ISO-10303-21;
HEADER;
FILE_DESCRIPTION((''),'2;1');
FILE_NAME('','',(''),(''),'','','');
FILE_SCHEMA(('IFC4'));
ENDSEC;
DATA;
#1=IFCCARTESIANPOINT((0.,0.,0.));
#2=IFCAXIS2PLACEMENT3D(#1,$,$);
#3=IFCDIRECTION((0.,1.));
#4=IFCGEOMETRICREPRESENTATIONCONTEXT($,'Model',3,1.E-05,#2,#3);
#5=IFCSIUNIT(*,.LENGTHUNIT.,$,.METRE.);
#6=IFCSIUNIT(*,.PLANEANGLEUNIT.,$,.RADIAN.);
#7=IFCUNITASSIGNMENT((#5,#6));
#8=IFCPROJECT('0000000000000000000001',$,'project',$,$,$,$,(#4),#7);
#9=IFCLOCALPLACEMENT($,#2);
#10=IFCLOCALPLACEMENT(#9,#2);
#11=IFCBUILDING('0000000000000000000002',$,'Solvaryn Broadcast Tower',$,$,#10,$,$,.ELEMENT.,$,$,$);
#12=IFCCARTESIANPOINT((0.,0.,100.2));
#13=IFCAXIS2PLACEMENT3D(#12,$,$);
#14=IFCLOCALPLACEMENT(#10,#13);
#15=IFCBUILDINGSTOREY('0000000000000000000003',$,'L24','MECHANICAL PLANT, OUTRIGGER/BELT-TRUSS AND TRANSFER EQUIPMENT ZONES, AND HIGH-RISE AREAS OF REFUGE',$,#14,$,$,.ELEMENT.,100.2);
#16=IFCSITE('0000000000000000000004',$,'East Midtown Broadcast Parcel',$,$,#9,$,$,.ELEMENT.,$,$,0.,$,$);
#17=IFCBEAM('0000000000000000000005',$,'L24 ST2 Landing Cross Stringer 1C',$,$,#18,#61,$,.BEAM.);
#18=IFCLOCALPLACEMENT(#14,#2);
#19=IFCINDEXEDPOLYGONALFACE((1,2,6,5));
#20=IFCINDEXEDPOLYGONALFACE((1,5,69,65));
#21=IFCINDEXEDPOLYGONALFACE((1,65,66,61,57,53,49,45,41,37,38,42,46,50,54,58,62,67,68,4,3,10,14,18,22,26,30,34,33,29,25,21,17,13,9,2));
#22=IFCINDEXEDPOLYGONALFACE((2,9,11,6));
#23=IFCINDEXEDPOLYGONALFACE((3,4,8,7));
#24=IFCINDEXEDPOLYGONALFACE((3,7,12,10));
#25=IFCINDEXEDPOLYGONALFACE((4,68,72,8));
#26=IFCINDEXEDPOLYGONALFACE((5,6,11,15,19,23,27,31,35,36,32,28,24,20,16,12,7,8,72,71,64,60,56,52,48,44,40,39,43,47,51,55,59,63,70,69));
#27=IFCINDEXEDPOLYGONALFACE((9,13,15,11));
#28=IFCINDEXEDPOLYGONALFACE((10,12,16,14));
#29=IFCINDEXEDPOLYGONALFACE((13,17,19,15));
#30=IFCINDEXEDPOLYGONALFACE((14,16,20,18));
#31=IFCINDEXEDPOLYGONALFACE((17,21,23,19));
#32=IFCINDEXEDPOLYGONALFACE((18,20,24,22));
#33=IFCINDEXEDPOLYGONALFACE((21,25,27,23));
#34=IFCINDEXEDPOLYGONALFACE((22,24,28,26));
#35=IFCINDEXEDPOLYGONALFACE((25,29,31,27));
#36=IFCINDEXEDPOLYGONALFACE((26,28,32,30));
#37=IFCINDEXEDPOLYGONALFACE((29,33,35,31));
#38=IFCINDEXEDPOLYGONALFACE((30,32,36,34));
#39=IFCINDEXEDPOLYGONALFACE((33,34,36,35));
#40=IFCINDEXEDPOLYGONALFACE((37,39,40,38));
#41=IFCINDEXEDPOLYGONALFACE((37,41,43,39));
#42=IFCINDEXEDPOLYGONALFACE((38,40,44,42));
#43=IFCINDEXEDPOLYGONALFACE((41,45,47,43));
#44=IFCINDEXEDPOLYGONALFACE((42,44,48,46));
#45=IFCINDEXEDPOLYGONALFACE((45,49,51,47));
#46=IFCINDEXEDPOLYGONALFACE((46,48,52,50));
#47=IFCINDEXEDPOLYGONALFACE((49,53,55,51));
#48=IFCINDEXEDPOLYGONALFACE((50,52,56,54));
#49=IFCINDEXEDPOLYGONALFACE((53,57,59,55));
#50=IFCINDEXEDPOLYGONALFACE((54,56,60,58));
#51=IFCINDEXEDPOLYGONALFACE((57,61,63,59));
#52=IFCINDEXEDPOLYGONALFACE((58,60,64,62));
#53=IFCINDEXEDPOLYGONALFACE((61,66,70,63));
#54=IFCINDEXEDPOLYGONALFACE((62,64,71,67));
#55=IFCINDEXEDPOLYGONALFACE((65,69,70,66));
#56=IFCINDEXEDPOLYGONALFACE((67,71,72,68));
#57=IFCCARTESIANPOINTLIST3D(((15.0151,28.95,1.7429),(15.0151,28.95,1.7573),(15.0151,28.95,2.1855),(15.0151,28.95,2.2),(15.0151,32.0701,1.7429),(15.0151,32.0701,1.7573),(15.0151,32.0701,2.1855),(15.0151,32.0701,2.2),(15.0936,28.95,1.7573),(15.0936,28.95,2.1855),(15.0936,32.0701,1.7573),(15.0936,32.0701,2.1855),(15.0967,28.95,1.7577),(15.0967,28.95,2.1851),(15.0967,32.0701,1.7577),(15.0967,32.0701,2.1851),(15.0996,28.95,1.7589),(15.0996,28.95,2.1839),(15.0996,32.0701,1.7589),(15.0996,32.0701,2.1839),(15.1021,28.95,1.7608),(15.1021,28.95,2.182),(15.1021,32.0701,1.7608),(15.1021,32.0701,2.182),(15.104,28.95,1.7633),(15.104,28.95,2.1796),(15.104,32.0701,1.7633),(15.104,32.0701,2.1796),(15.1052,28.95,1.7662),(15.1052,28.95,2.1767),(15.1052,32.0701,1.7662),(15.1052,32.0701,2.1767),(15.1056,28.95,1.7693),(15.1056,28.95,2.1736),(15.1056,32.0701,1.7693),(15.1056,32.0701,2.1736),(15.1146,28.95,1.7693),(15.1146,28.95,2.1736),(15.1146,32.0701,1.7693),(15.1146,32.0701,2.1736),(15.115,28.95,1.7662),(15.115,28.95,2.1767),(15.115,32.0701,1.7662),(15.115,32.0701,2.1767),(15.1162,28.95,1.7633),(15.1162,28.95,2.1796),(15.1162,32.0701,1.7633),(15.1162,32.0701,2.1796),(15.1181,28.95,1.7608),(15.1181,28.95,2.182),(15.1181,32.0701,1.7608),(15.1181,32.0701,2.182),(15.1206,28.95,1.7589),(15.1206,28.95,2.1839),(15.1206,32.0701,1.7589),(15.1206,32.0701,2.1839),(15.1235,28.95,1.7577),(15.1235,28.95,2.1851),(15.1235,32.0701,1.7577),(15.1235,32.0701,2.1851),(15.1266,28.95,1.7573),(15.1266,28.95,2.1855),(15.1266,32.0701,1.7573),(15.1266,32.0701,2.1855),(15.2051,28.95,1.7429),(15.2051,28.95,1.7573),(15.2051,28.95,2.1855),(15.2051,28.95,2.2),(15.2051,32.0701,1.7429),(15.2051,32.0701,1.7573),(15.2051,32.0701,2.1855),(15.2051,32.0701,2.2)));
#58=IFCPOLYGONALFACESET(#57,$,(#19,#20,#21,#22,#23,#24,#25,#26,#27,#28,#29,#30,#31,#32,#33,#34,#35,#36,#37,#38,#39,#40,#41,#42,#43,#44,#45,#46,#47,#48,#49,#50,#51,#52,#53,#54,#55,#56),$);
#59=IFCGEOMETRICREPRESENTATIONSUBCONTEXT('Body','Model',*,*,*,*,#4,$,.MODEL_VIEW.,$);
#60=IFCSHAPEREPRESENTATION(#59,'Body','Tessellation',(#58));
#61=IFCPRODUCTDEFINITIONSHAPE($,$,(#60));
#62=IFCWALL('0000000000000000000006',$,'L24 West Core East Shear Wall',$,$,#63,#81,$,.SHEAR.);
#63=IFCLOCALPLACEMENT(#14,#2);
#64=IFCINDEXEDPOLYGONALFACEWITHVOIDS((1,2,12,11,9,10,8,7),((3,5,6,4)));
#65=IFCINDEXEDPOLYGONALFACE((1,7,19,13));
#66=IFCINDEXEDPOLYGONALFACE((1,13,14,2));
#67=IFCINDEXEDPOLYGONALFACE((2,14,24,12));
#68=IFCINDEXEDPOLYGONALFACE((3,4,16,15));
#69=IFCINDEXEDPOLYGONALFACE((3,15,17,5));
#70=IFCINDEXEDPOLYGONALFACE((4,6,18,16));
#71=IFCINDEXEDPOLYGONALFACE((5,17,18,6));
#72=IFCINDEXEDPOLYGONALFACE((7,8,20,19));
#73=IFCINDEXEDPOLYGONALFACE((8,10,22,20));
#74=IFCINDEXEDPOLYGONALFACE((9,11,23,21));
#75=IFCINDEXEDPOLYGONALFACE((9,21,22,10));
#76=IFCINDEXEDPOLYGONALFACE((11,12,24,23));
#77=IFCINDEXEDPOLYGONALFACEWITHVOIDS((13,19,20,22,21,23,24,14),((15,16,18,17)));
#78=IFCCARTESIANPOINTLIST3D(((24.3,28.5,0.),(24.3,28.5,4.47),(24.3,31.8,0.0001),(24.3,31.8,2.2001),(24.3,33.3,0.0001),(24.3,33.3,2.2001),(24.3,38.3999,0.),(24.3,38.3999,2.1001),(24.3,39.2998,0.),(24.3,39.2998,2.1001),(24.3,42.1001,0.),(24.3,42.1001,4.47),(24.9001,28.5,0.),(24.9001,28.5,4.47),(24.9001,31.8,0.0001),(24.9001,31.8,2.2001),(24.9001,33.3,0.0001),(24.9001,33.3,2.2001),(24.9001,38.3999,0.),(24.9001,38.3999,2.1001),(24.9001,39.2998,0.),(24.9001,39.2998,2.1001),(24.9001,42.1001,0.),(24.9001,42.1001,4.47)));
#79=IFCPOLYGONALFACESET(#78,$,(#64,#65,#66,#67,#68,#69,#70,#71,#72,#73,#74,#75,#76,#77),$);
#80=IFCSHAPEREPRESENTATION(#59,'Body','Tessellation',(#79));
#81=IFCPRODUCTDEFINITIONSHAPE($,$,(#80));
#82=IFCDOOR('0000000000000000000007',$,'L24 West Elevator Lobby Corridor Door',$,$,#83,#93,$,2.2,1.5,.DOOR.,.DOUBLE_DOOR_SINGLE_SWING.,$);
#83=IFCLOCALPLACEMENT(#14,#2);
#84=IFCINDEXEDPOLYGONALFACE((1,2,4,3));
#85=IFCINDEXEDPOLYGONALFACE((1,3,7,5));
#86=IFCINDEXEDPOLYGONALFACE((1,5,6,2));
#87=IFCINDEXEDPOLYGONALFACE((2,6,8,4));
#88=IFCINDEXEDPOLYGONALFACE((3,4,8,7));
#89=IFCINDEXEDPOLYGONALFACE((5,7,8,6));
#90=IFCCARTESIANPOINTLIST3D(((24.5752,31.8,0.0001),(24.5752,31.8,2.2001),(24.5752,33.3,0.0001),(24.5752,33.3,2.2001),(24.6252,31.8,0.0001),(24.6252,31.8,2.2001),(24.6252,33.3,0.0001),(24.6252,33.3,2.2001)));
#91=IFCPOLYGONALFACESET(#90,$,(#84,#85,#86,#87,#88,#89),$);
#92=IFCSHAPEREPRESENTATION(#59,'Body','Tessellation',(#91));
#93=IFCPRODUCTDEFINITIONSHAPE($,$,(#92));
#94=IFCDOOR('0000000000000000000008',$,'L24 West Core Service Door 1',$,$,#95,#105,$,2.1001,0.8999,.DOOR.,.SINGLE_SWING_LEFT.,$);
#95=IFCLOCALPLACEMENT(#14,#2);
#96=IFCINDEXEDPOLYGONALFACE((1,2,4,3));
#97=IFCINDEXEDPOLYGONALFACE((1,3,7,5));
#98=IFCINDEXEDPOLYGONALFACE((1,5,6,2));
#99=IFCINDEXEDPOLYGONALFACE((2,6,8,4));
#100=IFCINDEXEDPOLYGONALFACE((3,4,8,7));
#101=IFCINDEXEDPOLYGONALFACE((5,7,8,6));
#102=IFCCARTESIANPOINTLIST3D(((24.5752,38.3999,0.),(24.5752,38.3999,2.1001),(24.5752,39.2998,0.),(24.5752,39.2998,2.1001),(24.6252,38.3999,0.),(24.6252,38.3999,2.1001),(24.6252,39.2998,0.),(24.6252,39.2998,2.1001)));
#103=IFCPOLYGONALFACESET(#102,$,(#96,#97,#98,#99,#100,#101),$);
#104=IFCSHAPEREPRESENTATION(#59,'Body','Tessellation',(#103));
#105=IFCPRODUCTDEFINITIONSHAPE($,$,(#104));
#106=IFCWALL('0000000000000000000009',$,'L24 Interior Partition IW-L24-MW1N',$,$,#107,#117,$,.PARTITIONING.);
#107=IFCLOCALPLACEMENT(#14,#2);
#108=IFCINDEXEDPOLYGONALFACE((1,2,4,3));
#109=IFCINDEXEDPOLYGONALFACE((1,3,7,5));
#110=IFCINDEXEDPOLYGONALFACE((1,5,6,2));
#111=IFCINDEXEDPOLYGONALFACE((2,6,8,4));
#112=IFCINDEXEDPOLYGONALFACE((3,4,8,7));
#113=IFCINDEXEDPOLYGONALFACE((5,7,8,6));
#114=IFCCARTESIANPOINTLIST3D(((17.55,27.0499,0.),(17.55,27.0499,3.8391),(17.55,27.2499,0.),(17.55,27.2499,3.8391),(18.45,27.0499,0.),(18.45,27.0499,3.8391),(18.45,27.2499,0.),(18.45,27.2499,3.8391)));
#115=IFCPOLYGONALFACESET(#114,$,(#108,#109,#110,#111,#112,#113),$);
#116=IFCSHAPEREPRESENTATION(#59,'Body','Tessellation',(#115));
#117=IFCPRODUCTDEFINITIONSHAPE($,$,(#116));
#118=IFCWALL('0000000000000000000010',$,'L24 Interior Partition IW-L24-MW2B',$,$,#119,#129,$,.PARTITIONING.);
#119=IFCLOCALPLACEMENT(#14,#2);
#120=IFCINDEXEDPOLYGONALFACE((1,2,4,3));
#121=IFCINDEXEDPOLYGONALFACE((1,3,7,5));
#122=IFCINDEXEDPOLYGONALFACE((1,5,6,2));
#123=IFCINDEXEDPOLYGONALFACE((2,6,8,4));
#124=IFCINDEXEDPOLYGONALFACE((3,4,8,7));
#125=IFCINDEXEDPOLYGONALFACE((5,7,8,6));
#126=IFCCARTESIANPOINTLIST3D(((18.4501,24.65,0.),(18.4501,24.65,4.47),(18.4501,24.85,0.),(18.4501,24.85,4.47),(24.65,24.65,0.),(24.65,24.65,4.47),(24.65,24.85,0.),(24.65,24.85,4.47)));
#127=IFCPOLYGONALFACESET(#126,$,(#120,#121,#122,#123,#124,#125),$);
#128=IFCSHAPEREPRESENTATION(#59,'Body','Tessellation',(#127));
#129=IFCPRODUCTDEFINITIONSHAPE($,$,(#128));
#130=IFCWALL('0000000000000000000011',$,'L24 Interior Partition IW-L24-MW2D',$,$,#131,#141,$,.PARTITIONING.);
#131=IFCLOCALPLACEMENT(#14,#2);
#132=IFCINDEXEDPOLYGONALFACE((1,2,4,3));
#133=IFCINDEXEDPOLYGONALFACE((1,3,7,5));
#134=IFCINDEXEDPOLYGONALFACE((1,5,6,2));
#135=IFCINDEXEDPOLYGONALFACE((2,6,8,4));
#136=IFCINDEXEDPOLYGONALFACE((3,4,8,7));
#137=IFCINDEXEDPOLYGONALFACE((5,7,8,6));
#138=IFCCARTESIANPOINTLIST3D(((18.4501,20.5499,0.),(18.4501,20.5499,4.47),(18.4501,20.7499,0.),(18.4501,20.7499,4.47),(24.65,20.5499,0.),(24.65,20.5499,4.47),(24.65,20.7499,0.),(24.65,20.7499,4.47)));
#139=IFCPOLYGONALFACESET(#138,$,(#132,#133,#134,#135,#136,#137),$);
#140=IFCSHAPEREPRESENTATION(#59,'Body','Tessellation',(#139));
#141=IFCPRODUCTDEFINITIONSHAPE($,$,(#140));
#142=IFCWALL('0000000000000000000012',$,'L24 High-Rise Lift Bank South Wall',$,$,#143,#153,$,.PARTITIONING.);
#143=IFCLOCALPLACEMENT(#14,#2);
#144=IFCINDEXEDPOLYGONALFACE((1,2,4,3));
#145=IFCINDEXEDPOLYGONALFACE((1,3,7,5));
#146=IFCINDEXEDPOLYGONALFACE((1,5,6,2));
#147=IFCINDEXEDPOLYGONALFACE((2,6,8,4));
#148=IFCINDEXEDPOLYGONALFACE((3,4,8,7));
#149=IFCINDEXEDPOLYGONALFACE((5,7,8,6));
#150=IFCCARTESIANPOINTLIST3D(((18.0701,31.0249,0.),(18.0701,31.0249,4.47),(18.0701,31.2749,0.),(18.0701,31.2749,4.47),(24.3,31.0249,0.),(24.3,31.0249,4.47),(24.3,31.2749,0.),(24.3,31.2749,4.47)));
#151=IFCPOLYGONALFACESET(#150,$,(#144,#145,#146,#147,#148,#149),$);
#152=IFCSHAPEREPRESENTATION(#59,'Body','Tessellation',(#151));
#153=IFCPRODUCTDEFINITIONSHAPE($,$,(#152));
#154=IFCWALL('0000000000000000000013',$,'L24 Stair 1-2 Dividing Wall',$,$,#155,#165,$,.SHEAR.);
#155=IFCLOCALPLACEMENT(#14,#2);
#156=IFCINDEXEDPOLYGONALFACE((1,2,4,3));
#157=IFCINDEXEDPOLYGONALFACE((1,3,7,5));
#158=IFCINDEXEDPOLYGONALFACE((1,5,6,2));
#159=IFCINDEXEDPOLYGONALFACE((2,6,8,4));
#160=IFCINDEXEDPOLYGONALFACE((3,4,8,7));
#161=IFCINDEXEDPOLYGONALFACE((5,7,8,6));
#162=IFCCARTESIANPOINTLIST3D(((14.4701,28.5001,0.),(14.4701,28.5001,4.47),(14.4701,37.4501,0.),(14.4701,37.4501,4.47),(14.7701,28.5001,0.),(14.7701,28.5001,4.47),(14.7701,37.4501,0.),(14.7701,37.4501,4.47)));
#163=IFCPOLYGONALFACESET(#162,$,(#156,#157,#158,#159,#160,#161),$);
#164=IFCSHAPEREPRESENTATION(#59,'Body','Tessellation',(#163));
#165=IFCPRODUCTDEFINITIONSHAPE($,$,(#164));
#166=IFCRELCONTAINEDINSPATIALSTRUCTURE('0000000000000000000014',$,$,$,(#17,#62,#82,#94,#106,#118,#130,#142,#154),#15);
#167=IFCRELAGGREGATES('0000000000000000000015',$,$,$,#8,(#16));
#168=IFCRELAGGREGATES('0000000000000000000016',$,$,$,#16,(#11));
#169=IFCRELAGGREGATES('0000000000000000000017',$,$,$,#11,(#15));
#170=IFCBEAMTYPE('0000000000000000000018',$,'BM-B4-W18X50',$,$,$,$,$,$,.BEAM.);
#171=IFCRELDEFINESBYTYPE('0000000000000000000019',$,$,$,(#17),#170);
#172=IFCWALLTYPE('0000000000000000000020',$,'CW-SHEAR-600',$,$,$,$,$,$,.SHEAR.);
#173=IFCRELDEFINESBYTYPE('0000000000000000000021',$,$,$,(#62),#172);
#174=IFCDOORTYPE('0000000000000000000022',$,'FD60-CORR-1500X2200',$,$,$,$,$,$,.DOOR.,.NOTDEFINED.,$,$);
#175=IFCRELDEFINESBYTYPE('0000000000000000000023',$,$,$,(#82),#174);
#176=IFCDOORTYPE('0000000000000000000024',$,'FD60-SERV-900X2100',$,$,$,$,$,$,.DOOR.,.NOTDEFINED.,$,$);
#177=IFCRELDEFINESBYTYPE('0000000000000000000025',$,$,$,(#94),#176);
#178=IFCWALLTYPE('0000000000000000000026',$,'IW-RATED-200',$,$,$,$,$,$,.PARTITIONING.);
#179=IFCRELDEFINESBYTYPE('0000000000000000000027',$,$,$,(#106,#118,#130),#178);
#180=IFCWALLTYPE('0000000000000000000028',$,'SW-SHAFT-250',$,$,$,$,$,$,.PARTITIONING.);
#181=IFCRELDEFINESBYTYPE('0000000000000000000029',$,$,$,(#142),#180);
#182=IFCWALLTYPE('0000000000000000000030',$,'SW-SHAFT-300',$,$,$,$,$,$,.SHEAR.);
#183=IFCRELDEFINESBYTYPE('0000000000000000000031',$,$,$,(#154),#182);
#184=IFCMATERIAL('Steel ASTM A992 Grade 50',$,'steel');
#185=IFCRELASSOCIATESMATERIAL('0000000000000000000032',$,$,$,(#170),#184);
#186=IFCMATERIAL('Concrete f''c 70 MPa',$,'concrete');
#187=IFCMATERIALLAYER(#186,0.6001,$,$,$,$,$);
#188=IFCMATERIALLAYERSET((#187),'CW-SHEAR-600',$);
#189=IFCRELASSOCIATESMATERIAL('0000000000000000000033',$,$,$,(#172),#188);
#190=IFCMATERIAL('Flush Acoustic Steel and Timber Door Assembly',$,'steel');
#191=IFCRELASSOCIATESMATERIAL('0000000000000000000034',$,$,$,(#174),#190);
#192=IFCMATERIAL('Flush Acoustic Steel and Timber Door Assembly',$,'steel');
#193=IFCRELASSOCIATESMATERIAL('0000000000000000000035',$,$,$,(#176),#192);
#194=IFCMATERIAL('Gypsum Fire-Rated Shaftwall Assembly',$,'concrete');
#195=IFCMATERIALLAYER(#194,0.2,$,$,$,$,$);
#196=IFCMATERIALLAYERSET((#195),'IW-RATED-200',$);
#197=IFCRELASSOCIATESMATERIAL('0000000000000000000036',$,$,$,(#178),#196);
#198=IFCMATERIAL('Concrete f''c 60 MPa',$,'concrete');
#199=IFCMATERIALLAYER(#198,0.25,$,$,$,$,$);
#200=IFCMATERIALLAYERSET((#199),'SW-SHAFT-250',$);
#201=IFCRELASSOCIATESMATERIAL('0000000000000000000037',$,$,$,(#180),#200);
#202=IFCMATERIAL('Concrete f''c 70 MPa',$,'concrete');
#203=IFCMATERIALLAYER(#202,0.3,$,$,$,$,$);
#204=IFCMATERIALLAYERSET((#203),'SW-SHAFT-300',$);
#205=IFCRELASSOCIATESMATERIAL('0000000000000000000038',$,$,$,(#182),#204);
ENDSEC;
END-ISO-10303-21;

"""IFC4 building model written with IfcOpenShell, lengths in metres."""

from ifc_helpers import new_model, si_unit, direction, frame, frame_2d, origin, origin_2d, place, context, subcontext, project, spatial, rectangle, i_section, extrude, material, layer, layer_set, material_profile, profile_set, type_object, element, fill, save


model = new_model("IFC4")

# Units and contexts
model_context = context("Model", 3, precision=1e-05, world=origin(), true_north=direction((0.0, 1.0)))
body_context = subcontext(model_context, "Body", "Model", "MODEL_VIEW")
ifc_project = project(units=[si_unit("LENGTHUNIT", "METRE"), si_unit("PLANEANGLEUNIT", "RADIAN")], contexts=[model_context])

# Site, building, storey
site_placement = place(None, origin())
site = spatial("IfcSite", under=ifc_project, at=site_placement, Name="East Midtown Broadcast Parcel", CompositionType="ELEMENT", RefElevation=0.0)
building_placement = place(site_placement, origin())
building = spatial("IfcBuilding", under=site, at=building_placement, Name="Solvaryn Broadcast Tower", CompositionType="ELEMENT")
storey_placement = place(building_placement, frame((0.0, 0.0, 100.2)))
storey = spatial("IfcBuildingStorey", under=building, at=storey_placement, Name="L24", Description="MECHANICAL PLANT, OUTRIGGER/BELT-TRUSS AND TRANSFER EQUIPMENT ZONES, AND HIGH-RISE AREAS OF REFUGE", CompositionType="ELEMENT", Elevation=100.2)

# Beam
ifc_material_1 = material(Name="Steel ASTM A992 Grade 50", Category="steel")
ifc_material_profile_1 = material_profile(ifc_material_1, i_section(OverallWidth=0.1899, OverallDepth=0.457, WebThickness=0.009, FlangeThickness=0.0144, FilletRadius=0.012, at=origin_2d()))
ifc_profile_set_1 = profile_set([ifc_material_profile_1], Name="Steel ASTM A992 Grade 50")
beam_type_1 = type_object("IfcBeamType", Name="BM-B4-W18X50", PredefinedType="BEAM", material=ifc_profile_set_1)
beam_1_placement = place(storey_placement, frame((15.1101, 28.95, 1.9714), z_axis=(0.0, 1.0, 0.0), x_axis=(-1.0, 0.0, 0.0)))
element("IfcBeam", 1, at=beam_1_placement, inside=storey, type_object=beam_type_1, Name="L24 ST2 Landing Cross Stringer 1C", PredefinedType="BEAM", context=body_context, shape_type="SweptSolid", body=[
    extrude(i_section(OverallWidth=0.1899, OverallDepth=0.457, WebThickness=0.009, FlangeThickness=0.0144, FilletRadius=0.012, at=origin_2d()), origin(), (0.0, 0.0, 1.0), 3.1201),
])

# Wall, openings, doors
ifc_material_2 = material(Name="Concrete f'c 70 MPa", Category="concrete")
ifc_layer_1 = layer(ifc_material_2, 0.6001)
ifc_layer_set_1 = layer_set([ifc_layer_1], Name="CW-SHEAR-600")
wall_type_1 = type_object("IfcWallType", Name="CW-SHEAR-600", PredefinedType="SHEAR", material=ifc_layer_set_1)
wall_1_placement = place(storey_placement, frame((24.6001, 28.5, 0.0), z_axis=(0.0, 0.0, 1.0), x_axis=(0.0, 1.0, 0.0)))
wall_1 = element("IfcWall", 2, at=wall_1_placement, inside=storey, type_object=wall_type_1, Name="L24 West Core East Shear Wall", PredefinedType="SHEAR", context=body_context, shape_type="SweptSolid", body=[
    extrude(rectangle(XDim=13.6001, YDim=0.6001, at=frame_2d((6.8, 0.0))), origin(), (0.0, 0.0, 1.0), 4.47),
])
opening_1_placement = place(wall_1_placement, frame((3.3, 0.0, 0.0)))
opening_1 = element("IfcOpeningElement", 3, at=opening_1_placement, cuts=wall_1, PredefinedType="OPENING", context=body_context, shape_type="SweptSolid", body=[
    extrude(rectangle(XDim=1.5, YDim=2.2, at=frame_2d((0.75, 1.1001))), frame((0.0, 0.3101, 0.0), z_axis=(0.0, -1.0, 0.0), x_axis=(1.0, 0.0, 0.0)), (0.0, 0.0, 1.0), 0.6201),
])
opening_2_placement = place(wall_1_placement, frame((9.8999, 0.0, 0.0)))
opening_2 = element("IfcOpeningElement", 4, at=opening_2_placement, cuts=wall_1, PredefinedType="OPENING", context=body_context, shape_type="SweptSolid", body=[
    extrude(rectangle(XDim=0.8999, YDim=2.1001, at=frame_2d((0.45, 1.05))), frame((0.0, 0.3101, 0.0), z_axis=(0.0, -1.0, 0.0), x_axis=(1.0, 0.0, 0.0)), (0.0, 0.0, 1.0), 0.6201),
])
ifc_material_3 = material(Name="Flush Acoustic Steel and Timber Door Assembly", Category="steel")
door_type_1 = type_object("IfcDoorType", Name="FD60-CORR-1500X2200", OperationType="NOTDEFINED", PredefinedType="DOOR", material=ifc_material_3)
door_1_placement = place(opening_1_placement, origin())
door_1 = element("IfcDoor", 5, at=door_1_placement, inside=storey, type_object=door_type_1, Name="L24 West Elevator Lobby Corridor Door", OperationType="DOUBLE_DOOR_SINGLE_SWING", OverallHeight=2.2, OverallWidth=1.5, PredefinedType="DOOR", context=body_context, shape_type="SweptSolid", body=[
    extrude(rectangle(XDim=1.5, YDim=2.2, at=frame_2d((0.75, 1.1001))), frame((0.0, 0.0249, 0.0), z_axis=(0.0, -1.0, 0.0), x_axis=(1.0, 0.0, 0.0)), (0.0, 0.0, 1.0), 0.05),
])
fill(opening_1, door_1)
ifc_material_4 = material(Name="Flush Acoustic Steel and Timber Door Assembly", Category="steel")
door_type_2 = type_object("IfcDoorType", Name="FD60-SERV-900X2100", OperationType="NOTDEFINED", PredefinedType="DOOR", material=ifc_material_4)
door_2_placement = place(opening_2_placement, origin())
door_2 = element("IfcDoor", 6, at=door_2_placement, inside=storey, type_object=door_type_2, Name="L24 West Core Service Door 1", OperationType="SINGLE_SWING_LEFT", OverallHeight=2.1001, OverallWidth=0.8999, PredefinedType="DOOR", context=body_context, shape_type="SweptSolid", body=[
    extrude(rectangle(XDim=0.8999, YDim=2.1001, at=frame_2d((0.45, 1.05))), frame((0.0, 0.0249, 0.0), z_axis=(0.0, -1.0, 0.0), x_axis=(1.0, 0.0, 0.0)), (0.0, 0.0, 1.0), 0.05),
])
fill(opening_2, door_2)

# Walls
ifc_material_5 = material(Name="Gypsum Fire-Rated Shaftwall Assembly", Category="concrete")
ifc_layer_2 = layer(ifc_material_5, 0.2)
ifc_layer_set_2 = layer_set([ifc_layer_2], Name="IW-RATED-200")
wall_type_2 = type_object("IfcWallType", Name="IW-RATED-200", PredefinedType="PARTITIONING", material=ifc_layer_set_2)
wall_2_placement = place(storey_placement, frame((17.55, 27.1499, 0.0), z_axis=(0.0, 0.0, 1.0), x_axis=(1.0, 0.0, 0.0)))
element("IfcWall", 7, at=wall_2_placement, inside=storey, type_object=wall_type_2, Name="L24 Interior Partition IW-L24-MW1N", PredefinedType="PARTITIONING", context=body_context, shape_type="SweptSolid", body=[
    extrude(rectangle(XDim=0.8999, YDim=0.2, at=frame_2d((0.45, 0.0))), origin(), (0.0, 0.0, 1.0), 3.8391),
])
for number, where, z_axis, x_axis, name in (
    (8, (18.45, 24.75, 0.0), (0.0, 0.0, 1.0), (1.0, 0.0, 0.0), "L24 Interior Partition IW-L24-MW2B"),
    (9, (18.45, 20.6499, 0.0), (0.0, 0.0, 1.0), (1.0, 0.0, 0.0), "L24 Interior Partition IW-L24-MW2D"),
):
    element("IfcWall", number, at=place(storey_placement, frame(where, z_axis=z_axis, x_axis=x_axis)), inside=storey, type_object=wall_type_2, Name=name, PredefinedType="PARTITIONING", context=body_context, shape_type="SweptSolid", body=[
        extrude(rectangle(XDim=6.2, YDim=0.2, at=frame_2d((3.1001, 0.0))), origin(), (0.0, 0.0, 1.0), 4.47),
    ])
ifc_material_6 = material(Name="Concrete f'c 60 MPa", Category="concrete")
ifc_layer_3 = layer(ifc_material_6, 0.25)
ifc_layer_set_3 = layer_set([ifc_layer_3], Name="SW-SHAFT-250")
wall_type_3 = type_object("IfcWallType", Name="SW-SHAFT-250", PredefinedType="PARTITIONING", material=ifc_layer_set_3)
wall_3_placement = place(storey_placement, frame((18.0701, 31.1499, 0.0), z_axis=(0.0, 0.0, 1.0), x_axis=(1.0, 0.0, 0.0)))
element("IfcWall", 10, at=wall_3_placement, inside=storey, type_object=wall_type_3, Name="L24 High-Rise Lift Bank South Wall", PredefinedType="PARTITIONING", context=body_context, shape_type="SweptSolid", body=[
    extrude(rectangle(XDim=6.23, YDim=0.25, at=frame_2d((3.115, 0.0))), origin(), (0.0, 0.0, 1.0), 4.47),
])
ifc_material_7 = material(Name="Concrete f'c 70 MPa", Category="concrete")
ifc_layer_4 = layer(ifc_material_7, 0.3)
ifc_layer_set_4 = layer_set([ifc_layer_4], Name="SW-SHAFT-300")
wall_type_4 = type_object("IfcWallType", Name="SW-SHAFT-300", PredefinedType="SHEAR", material=ifc_layer_set_4)
wall_4_placement = place(storey_placement, frame((14.6201, 28.5, 0.0), z_axis=(0.0, 0.0, 1.0), x_axis=(0.0, 1.0, 0.0)))
element("IfcWall", 11, at=wall_4_placement, inside=storey, type_object=wall_type_4, Name="L24 Stair 1-2 Dividing Wall", PredefinedType="SHEAR", context=body_context, shape_type="SweptSolid", body=[
    extrude(rectangle(XDim=8.95, YDim=0.3, at=frame_2d((4.4751, 0.0))), origin(), (0.0, 0.0, 1.0), 4.47),
])

save(model, "model.ifc")
